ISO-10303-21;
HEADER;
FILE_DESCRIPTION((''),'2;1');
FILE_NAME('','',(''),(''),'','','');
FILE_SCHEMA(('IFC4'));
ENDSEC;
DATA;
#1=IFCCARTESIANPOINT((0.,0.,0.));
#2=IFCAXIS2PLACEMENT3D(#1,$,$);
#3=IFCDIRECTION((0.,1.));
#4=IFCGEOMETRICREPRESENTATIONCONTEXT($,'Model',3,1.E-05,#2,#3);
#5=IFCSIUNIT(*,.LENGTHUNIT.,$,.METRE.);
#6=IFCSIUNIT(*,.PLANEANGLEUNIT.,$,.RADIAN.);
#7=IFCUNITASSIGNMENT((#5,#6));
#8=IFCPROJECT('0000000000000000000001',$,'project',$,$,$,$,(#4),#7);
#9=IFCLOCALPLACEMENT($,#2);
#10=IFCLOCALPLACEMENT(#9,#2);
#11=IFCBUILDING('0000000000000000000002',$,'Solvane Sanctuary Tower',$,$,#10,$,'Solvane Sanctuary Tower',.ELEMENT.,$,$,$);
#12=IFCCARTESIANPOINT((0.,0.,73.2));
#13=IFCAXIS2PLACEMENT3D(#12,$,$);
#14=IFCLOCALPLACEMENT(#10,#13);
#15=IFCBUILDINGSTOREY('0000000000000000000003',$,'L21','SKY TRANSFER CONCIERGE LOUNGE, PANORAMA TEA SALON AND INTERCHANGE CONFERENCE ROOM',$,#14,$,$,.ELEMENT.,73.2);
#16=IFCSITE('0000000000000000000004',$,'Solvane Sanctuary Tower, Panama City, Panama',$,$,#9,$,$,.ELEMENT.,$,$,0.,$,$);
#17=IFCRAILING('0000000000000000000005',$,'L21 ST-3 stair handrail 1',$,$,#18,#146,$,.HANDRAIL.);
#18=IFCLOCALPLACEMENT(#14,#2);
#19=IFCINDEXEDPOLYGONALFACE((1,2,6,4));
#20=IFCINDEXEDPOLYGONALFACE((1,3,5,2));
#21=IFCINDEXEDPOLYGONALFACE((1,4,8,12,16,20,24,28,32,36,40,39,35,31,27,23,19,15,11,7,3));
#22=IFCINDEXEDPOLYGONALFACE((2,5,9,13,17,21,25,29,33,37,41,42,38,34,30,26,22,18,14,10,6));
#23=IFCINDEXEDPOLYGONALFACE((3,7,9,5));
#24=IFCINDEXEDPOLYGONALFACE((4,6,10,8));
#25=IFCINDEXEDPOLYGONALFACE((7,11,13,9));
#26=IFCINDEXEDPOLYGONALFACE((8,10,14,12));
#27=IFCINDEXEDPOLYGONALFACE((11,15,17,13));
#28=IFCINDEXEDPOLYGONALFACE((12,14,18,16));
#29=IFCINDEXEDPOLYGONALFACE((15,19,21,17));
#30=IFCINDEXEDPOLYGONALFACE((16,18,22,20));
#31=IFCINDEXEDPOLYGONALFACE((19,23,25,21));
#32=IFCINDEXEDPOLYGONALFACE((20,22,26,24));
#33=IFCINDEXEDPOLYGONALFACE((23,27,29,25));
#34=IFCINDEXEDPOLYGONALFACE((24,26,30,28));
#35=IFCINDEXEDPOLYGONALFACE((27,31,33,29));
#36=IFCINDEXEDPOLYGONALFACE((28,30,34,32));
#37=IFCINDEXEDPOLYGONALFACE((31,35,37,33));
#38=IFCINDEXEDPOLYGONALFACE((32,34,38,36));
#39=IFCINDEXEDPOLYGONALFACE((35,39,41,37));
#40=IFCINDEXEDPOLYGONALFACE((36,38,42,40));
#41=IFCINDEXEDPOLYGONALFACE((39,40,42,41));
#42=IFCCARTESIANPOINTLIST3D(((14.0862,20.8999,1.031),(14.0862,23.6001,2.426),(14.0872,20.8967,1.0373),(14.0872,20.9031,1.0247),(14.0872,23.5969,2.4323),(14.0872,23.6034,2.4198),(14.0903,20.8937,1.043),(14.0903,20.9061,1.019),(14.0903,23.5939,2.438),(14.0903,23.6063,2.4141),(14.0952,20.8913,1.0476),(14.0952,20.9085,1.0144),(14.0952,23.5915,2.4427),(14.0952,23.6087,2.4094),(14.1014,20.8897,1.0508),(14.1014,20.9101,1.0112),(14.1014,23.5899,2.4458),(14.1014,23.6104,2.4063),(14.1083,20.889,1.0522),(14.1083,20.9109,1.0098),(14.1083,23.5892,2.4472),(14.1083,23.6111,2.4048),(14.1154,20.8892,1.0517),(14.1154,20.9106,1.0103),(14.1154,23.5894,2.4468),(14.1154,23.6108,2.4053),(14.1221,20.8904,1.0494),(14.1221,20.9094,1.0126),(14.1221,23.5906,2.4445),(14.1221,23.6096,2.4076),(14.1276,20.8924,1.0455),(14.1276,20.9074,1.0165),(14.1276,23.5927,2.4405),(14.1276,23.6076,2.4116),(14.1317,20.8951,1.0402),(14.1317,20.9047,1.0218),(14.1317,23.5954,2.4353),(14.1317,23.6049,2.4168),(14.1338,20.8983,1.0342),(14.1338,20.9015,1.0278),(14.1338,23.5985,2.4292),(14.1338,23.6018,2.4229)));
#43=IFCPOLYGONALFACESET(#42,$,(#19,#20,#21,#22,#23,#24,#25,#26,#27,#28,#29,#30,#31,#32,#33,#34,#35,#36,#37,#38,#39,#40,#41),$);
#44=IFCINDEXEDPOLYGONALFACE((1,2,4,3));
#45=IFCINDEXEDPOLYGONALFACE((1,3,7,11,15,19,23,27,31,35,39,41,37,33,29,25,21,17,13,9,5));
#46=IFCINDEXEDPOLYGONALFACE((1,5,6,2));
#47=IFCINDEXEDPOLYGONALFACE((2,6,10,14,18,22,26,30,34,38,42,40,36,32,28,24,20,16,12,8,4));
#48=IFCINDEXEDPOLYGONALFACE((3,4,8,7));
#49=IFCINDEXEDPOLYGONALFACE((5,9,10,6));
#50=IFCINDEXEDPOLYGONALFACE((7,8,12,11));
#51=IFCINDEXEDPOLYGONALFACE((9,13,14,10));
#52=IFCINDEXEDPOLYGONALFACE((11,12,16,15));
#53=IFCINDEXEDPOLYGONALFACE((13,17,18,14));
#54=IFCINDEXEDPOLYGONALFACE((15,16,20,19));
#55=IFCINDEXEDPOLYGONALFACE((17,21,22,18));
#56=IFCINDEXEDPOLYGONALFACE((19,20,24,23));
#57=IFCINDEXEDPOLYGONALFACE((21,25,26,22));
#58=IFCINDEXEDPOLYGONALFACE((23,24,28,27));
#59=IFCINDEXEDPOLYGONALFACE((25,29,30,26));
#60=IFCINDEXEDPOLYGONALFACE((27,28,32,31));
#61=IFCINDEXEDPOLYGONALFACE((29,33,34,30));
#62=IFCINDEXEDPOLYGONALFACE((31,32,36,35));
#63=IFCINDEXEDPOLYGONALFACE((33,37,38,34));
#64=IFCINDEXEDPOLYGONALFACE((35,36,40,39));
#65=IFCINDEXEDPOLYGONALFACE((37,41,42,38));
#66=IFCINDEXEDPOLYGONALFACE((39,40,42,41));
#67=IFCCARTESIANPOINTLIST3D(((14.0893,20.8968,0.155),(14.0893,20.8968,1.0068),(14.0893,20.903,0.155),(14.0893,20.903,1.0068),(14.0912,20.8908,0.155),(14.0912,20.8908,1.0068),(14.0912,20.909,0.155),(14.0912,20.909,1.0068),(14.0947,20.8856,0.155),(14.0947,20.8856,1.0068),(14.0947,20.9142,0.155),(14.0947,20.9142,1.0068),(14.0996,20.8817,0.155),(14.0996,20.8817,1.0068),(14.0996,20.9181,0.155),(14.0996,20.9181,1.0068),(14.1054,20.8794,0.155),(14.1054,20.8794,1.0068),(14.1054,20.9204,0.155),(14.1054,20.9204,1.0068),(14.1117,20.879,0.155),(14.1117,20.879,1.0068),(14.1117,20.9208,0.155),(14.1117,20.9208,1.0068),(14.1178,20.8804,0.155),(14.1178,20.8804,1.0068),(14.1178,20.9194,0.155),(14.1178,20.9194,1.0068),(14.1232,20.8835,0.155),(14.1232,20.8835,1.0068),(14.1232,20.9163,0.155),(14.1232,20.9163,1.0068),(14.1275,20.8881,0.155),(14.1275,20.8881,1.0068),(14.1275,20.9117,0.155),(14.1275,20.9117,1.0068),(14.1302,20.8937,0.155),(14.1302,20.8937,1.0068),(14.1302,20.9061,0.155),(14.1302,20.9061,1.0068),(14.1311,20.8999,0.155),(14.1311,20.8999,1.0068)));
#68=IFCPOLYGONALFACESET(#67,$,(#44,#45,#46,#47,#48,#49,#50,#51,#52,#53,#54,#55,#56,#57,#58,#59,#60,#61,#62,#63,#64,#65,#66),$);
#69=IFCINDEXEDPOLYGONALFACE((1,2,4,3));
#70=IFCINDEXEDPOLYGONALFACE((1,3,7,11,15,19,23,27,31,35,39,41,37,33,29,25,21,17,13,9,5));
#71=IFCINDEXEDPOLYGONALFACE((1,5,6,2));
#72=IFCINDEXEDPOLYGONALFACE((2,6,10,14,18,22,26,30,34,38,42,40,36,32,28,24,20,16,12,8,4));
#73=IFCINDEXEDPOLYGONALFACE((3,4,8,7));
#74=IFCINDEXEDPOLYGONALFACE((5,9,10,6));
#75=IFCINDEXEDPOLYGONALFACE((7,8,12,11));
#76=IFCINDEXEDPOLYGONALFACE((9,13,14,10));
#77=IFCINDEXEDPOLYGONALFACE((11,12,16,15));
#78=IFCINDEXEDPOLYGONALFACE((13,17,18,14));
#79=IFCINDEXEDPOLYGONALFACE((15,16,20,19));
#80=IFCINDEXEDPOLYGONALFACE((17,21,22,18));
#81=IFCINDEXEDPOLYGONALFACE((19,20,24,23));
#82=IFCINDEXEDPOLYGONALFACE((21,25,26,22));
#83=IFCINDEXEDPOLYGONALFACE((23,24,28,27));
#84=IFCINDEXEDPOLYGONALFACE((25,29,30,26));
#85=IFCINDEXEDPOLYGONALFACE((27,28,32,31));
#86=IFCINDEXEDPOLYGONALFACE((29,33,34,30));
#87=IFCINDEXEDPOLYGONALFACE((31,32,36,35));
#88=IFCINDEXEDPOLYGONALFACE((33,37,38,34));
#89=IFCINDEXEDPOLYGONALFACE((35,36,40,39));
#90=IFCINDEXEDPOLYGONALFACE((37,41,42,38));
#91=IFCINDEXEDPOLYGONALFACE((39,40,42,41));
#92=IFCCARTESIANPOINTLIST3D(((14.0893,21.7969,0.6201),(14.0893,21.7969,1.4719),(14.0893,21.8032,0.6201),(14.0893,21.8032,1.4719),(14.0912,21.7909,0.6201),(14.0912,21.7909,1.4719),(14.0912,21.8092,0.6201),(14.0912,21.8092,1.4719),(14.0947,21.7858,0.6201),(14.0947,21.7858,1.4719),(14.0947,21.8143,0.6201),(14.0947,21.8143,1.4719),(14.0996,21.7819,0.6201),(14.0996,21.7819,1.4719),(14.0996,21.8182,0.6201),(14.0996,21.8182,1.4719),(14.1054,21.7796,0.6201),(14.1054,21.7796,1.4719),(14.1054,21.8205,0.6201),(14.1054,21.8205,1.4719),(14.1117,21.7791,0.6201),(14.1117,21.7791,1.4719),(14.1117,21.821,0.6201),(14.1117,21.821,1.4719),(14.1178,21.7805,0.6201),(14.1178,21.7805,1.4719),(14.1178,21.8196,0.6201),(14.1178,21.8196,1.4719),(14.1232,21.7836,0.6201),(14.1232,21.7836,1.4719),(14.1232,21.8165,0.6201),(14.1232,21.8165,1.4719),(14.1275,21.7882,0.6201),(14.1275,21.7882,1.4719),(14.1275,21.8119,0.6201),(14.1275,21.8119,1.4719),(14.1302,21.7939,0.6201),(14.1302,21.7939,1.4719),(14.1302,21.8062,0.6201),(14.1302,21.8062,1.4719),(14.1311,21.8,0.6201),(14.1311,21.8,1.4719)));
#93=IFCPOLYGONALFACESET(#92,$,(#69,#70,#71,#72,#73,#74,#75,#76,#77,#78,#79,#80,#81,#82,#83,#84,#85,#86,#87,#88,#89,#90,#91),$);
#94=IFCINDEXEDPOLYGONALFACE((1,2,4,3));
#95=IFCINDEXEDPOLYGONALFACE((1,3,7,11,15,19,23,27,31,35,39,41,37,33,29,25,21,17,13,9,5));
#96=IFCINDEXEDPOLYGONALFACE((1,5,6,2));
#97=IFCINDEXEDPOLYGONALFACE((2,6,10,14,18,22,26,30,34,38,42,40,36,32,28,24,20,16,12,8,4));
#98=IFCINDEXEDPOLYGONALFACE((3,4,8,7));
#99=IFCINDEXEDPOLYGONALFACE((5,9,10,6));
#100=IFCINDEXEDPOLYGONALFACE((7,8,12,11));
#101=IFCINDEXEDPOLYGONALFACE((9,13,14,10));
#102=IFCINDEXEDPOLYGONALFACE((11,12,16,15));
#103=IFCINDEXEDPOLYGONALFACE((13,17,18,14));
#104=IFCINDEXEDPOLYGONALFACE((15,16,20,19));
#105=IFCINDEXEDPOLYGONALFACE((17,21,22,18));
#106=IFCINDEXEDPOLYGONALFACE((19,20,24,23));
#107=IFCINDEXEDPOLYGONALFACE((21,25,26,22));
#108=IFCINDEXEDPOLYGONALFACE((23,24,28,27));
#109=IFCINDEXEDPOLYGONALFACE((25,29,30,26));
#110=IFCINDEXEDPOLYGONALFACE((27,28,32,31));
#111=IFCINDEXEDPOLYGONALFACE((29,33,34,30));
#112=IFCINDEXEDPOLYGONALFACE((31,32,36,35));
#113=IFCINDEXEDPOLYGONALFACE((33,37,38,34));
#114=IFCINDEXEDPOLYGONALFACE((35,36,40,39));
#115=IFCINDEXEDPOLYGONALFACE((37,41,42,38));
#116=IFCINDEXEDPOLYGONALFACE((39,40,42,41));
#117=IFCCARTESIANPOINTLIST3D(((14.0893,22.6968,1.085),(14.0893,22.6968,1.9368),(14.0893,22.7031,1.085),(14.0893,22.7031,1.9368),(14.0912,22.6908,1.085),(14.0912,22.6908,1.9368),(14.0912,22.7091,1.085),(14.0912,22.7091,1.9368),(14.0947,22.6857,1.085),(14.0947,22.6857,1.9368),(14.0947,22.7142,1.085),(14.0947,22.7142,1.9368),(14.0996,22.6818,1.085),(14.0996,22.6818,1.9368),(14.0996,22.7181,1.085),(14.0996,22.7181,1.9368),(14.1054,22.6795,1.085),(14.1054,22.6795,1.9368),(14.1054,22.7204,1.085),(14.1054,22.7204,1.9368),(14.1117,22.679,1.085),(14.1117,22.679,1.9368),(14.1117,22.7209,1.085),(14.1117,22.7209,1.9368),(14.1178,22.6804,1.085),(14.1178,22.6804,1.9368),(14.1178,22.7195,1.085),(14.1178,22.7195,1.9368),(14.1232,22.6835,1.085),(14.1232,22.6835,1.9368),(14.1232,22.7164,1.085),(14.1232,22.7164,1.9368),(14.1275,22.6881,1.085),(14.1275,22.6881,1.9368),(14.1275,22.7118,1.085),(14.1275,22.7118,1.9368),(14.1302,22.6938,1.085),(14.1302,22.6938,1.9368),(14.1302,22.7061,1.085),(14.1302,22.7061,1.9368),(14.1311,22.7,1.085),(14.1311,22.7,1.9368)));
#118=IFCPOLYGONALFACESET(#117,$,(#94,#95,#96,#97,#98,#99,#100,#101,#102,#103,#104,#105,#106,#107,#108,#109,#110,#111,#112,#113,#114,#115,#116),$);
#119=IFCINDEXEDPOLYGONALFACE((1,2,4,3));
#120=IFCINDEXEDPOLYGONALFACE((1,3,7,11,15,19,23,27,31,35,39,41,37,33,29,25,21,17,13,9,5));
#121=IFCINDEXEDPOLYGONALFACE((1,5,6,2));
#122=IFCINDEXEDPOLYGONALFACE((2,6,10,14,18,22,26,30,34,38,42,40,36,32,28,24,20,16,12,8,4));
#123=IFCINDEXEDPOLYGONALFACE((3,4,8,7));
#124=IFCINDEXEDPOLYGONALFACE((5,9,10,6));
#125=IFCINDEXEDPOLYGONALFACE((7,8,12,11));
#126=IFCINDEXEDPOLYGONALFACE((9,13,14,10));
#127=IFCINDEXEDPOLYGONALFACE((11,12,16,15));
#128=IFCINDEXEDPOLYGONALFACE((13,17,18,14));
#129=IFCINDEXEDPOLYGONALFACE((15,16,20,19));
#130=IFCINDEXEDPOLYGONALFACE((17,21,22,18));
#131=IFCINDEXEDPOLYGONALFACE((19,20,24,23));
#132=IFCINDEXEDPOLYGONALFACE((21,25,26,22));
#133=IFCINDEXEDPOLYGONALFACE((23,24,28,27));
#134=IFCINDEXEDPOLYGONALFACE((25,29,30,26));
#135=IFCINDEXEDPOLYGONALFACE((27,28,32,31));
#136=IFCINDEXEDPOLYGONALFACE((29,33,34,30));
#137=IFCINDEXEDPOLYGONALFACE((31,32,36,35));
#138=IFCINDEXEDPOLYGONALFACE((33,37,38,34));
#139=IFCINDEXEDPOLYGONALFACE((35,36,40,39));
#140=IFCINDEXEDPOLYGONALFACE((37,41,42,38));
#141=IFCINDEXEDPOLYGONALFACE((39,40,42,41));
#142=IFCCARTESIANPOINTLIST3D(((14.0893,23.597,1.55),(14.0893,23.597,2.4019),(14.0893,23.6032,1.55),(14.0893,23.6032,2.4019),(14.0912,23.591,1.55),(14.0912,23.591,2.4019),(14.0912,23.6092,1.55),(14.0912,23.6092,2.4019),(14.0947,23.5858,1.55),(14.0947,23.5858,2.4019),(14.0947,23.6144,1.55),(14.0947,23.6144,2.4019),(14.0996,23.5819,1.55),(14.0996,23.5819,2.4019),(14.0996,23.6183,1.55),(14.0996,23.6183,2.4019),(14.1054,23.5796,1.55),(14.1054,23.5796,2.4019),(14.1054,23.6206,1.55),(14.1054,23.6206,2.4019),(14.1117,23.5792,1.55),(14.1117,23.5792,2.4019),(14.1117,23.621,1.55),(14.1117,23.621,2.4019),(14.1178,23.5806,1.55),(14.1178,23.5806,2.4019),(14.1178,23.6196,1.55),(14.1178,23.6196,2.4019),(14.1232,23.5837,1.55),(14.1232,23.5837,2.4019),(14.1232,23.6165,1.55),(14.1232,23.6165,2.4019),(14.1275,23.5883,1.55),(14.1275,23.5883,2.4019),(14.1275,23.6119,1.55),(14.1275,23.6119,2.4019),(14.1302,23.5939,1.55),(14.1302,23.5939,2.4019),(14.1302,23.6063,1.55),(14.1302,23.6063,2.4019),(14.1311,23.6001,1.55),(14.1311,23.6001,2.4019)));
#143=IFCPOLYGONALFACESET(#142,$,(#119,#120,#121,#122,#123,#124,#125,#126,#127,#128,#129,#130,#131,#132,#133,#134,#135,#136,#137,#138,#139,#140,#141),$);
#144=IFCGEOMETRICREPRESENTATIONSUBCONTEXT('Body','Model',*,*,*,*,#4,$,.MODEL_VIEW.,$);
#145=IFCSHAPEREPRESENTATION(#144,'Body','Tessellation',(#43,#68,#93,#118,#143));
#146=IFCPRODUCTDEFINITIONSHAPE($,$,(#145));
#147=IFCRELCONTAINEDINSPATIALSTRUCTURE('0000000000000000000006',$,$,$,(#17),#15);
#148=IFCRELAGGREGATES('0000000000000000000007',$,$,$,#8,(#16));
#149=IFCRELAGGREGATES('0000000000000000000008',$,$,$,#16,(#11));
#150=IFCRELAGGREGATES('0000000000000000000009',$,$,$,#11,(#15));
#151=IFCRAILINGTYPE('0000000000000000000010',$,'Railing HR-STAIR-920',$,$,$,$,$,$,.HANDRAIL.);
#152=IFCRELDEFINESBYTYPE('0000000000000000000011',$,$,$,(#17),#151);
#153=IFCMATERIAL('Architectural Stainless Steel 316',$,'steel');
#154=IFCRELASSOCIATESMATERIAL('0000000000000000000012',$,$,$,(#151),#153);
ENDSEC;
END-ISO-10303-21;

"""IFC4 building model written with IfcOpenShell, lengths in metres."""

from ifc_helpers import new_model, si_unit, direction, frame, origin, origin_2d, place, context, subcontext, project, spatial, circle, extrude, material, type_object, element, save


model = new_model("IFC4")

# Units and contexts
model_context = context("Model", 3, precision=1e-05, world=origin(), true_north=direction((0.0, 1.0)))
body_context = subcontext(model_context, "Body", "Model", "MODEL_VIEW")
ifc_project = project(units=[si_unit("LENGTHUNIT", "METRE"), si_unit("PLANEANGLEUNIT", "RADIAN")], contexts=[model_context])

# Site, building, storey
site_placement = place(None, origin())
site = spatial("IfcSite", under=ifc_project, at=site_placement, Name="Solvane Sanctuary Tower, Panama City, Panama", CompositionType="ELEMENT", RefElevation=0.0)
building_placement = place(site_placement, origin())
building = spatial("IfcBuilding", under=site, at=building_placement, Name="Solvane Sanctuary Tower", LongName="Solvane Sanctuary Tower", CompositionType="ELEMENT")
storey_placement = place(building_placement, frame((0.0, 0.0, 73.2)))
storey = spatial("IfcBuildingStorey", under=building, at=storey_placement, Name="L21", Description="SKY TRANSFER CONCIERGE LOUNGE, PANORAMA TEA SALON AND INTERCHANGE CONFERENCE ROOM", CompositionType="ELEMENT", Elevation=73.2)

# Shared definitions
ifc_material_1 = material(Name="Architectural Stainless Steel 316", Category="steel")

# Railing
railing_type_1 = type_object("IfcRailingType", Name="Railing HR-STAIR-920", PredefinedType="HANDRAIL", material=ifc_material_1)
railing_1_placement = place(storey_placement, frame((14.1101, 20.8999, 0.155)))
element("IfcRailing", 1, at=railing_1_placement, inside=storey, type_object=railing_type_1, Name="L21 ST-3 stair handrail 1", PredefinedType="HANDRAIL", context=body_context, shape_type="SweptSolid", body=[
    extrude(circle(Radius=0.0239, at=origin_2d()), frame((0.0, 0.0, 0.876), z_axis=(0.0, 0.888437, 0.458999), x_axis=(-1.0, 0.0, 0.0)), (0.0, 0.0, 1.0), 3.0393),
    extrude(circle(Radius=0.021, at=origin_2d()), origin(), (0.0, 0.0, 1.0), 0.8518),
    extrude(circle(Radius=0.021, at=origin_2d()), frame((0.0, 0.9001, 0.4651)), (0.0, 0.0, 1.0), 0.8518),
    extrude(circle(Radius=0.021, at=origin_2d()), frame((0.0, 1.8, 0.9299)), (0.0, 0.0, 1.0), 0.8518),
    extrude(circle(Radius=0.021, at=origin_2d()), frame((0.0, 2.7002, 1.395)), (0.0, 0.0, 1.0), 0.8518),
])

save(model, "model.ifc")
